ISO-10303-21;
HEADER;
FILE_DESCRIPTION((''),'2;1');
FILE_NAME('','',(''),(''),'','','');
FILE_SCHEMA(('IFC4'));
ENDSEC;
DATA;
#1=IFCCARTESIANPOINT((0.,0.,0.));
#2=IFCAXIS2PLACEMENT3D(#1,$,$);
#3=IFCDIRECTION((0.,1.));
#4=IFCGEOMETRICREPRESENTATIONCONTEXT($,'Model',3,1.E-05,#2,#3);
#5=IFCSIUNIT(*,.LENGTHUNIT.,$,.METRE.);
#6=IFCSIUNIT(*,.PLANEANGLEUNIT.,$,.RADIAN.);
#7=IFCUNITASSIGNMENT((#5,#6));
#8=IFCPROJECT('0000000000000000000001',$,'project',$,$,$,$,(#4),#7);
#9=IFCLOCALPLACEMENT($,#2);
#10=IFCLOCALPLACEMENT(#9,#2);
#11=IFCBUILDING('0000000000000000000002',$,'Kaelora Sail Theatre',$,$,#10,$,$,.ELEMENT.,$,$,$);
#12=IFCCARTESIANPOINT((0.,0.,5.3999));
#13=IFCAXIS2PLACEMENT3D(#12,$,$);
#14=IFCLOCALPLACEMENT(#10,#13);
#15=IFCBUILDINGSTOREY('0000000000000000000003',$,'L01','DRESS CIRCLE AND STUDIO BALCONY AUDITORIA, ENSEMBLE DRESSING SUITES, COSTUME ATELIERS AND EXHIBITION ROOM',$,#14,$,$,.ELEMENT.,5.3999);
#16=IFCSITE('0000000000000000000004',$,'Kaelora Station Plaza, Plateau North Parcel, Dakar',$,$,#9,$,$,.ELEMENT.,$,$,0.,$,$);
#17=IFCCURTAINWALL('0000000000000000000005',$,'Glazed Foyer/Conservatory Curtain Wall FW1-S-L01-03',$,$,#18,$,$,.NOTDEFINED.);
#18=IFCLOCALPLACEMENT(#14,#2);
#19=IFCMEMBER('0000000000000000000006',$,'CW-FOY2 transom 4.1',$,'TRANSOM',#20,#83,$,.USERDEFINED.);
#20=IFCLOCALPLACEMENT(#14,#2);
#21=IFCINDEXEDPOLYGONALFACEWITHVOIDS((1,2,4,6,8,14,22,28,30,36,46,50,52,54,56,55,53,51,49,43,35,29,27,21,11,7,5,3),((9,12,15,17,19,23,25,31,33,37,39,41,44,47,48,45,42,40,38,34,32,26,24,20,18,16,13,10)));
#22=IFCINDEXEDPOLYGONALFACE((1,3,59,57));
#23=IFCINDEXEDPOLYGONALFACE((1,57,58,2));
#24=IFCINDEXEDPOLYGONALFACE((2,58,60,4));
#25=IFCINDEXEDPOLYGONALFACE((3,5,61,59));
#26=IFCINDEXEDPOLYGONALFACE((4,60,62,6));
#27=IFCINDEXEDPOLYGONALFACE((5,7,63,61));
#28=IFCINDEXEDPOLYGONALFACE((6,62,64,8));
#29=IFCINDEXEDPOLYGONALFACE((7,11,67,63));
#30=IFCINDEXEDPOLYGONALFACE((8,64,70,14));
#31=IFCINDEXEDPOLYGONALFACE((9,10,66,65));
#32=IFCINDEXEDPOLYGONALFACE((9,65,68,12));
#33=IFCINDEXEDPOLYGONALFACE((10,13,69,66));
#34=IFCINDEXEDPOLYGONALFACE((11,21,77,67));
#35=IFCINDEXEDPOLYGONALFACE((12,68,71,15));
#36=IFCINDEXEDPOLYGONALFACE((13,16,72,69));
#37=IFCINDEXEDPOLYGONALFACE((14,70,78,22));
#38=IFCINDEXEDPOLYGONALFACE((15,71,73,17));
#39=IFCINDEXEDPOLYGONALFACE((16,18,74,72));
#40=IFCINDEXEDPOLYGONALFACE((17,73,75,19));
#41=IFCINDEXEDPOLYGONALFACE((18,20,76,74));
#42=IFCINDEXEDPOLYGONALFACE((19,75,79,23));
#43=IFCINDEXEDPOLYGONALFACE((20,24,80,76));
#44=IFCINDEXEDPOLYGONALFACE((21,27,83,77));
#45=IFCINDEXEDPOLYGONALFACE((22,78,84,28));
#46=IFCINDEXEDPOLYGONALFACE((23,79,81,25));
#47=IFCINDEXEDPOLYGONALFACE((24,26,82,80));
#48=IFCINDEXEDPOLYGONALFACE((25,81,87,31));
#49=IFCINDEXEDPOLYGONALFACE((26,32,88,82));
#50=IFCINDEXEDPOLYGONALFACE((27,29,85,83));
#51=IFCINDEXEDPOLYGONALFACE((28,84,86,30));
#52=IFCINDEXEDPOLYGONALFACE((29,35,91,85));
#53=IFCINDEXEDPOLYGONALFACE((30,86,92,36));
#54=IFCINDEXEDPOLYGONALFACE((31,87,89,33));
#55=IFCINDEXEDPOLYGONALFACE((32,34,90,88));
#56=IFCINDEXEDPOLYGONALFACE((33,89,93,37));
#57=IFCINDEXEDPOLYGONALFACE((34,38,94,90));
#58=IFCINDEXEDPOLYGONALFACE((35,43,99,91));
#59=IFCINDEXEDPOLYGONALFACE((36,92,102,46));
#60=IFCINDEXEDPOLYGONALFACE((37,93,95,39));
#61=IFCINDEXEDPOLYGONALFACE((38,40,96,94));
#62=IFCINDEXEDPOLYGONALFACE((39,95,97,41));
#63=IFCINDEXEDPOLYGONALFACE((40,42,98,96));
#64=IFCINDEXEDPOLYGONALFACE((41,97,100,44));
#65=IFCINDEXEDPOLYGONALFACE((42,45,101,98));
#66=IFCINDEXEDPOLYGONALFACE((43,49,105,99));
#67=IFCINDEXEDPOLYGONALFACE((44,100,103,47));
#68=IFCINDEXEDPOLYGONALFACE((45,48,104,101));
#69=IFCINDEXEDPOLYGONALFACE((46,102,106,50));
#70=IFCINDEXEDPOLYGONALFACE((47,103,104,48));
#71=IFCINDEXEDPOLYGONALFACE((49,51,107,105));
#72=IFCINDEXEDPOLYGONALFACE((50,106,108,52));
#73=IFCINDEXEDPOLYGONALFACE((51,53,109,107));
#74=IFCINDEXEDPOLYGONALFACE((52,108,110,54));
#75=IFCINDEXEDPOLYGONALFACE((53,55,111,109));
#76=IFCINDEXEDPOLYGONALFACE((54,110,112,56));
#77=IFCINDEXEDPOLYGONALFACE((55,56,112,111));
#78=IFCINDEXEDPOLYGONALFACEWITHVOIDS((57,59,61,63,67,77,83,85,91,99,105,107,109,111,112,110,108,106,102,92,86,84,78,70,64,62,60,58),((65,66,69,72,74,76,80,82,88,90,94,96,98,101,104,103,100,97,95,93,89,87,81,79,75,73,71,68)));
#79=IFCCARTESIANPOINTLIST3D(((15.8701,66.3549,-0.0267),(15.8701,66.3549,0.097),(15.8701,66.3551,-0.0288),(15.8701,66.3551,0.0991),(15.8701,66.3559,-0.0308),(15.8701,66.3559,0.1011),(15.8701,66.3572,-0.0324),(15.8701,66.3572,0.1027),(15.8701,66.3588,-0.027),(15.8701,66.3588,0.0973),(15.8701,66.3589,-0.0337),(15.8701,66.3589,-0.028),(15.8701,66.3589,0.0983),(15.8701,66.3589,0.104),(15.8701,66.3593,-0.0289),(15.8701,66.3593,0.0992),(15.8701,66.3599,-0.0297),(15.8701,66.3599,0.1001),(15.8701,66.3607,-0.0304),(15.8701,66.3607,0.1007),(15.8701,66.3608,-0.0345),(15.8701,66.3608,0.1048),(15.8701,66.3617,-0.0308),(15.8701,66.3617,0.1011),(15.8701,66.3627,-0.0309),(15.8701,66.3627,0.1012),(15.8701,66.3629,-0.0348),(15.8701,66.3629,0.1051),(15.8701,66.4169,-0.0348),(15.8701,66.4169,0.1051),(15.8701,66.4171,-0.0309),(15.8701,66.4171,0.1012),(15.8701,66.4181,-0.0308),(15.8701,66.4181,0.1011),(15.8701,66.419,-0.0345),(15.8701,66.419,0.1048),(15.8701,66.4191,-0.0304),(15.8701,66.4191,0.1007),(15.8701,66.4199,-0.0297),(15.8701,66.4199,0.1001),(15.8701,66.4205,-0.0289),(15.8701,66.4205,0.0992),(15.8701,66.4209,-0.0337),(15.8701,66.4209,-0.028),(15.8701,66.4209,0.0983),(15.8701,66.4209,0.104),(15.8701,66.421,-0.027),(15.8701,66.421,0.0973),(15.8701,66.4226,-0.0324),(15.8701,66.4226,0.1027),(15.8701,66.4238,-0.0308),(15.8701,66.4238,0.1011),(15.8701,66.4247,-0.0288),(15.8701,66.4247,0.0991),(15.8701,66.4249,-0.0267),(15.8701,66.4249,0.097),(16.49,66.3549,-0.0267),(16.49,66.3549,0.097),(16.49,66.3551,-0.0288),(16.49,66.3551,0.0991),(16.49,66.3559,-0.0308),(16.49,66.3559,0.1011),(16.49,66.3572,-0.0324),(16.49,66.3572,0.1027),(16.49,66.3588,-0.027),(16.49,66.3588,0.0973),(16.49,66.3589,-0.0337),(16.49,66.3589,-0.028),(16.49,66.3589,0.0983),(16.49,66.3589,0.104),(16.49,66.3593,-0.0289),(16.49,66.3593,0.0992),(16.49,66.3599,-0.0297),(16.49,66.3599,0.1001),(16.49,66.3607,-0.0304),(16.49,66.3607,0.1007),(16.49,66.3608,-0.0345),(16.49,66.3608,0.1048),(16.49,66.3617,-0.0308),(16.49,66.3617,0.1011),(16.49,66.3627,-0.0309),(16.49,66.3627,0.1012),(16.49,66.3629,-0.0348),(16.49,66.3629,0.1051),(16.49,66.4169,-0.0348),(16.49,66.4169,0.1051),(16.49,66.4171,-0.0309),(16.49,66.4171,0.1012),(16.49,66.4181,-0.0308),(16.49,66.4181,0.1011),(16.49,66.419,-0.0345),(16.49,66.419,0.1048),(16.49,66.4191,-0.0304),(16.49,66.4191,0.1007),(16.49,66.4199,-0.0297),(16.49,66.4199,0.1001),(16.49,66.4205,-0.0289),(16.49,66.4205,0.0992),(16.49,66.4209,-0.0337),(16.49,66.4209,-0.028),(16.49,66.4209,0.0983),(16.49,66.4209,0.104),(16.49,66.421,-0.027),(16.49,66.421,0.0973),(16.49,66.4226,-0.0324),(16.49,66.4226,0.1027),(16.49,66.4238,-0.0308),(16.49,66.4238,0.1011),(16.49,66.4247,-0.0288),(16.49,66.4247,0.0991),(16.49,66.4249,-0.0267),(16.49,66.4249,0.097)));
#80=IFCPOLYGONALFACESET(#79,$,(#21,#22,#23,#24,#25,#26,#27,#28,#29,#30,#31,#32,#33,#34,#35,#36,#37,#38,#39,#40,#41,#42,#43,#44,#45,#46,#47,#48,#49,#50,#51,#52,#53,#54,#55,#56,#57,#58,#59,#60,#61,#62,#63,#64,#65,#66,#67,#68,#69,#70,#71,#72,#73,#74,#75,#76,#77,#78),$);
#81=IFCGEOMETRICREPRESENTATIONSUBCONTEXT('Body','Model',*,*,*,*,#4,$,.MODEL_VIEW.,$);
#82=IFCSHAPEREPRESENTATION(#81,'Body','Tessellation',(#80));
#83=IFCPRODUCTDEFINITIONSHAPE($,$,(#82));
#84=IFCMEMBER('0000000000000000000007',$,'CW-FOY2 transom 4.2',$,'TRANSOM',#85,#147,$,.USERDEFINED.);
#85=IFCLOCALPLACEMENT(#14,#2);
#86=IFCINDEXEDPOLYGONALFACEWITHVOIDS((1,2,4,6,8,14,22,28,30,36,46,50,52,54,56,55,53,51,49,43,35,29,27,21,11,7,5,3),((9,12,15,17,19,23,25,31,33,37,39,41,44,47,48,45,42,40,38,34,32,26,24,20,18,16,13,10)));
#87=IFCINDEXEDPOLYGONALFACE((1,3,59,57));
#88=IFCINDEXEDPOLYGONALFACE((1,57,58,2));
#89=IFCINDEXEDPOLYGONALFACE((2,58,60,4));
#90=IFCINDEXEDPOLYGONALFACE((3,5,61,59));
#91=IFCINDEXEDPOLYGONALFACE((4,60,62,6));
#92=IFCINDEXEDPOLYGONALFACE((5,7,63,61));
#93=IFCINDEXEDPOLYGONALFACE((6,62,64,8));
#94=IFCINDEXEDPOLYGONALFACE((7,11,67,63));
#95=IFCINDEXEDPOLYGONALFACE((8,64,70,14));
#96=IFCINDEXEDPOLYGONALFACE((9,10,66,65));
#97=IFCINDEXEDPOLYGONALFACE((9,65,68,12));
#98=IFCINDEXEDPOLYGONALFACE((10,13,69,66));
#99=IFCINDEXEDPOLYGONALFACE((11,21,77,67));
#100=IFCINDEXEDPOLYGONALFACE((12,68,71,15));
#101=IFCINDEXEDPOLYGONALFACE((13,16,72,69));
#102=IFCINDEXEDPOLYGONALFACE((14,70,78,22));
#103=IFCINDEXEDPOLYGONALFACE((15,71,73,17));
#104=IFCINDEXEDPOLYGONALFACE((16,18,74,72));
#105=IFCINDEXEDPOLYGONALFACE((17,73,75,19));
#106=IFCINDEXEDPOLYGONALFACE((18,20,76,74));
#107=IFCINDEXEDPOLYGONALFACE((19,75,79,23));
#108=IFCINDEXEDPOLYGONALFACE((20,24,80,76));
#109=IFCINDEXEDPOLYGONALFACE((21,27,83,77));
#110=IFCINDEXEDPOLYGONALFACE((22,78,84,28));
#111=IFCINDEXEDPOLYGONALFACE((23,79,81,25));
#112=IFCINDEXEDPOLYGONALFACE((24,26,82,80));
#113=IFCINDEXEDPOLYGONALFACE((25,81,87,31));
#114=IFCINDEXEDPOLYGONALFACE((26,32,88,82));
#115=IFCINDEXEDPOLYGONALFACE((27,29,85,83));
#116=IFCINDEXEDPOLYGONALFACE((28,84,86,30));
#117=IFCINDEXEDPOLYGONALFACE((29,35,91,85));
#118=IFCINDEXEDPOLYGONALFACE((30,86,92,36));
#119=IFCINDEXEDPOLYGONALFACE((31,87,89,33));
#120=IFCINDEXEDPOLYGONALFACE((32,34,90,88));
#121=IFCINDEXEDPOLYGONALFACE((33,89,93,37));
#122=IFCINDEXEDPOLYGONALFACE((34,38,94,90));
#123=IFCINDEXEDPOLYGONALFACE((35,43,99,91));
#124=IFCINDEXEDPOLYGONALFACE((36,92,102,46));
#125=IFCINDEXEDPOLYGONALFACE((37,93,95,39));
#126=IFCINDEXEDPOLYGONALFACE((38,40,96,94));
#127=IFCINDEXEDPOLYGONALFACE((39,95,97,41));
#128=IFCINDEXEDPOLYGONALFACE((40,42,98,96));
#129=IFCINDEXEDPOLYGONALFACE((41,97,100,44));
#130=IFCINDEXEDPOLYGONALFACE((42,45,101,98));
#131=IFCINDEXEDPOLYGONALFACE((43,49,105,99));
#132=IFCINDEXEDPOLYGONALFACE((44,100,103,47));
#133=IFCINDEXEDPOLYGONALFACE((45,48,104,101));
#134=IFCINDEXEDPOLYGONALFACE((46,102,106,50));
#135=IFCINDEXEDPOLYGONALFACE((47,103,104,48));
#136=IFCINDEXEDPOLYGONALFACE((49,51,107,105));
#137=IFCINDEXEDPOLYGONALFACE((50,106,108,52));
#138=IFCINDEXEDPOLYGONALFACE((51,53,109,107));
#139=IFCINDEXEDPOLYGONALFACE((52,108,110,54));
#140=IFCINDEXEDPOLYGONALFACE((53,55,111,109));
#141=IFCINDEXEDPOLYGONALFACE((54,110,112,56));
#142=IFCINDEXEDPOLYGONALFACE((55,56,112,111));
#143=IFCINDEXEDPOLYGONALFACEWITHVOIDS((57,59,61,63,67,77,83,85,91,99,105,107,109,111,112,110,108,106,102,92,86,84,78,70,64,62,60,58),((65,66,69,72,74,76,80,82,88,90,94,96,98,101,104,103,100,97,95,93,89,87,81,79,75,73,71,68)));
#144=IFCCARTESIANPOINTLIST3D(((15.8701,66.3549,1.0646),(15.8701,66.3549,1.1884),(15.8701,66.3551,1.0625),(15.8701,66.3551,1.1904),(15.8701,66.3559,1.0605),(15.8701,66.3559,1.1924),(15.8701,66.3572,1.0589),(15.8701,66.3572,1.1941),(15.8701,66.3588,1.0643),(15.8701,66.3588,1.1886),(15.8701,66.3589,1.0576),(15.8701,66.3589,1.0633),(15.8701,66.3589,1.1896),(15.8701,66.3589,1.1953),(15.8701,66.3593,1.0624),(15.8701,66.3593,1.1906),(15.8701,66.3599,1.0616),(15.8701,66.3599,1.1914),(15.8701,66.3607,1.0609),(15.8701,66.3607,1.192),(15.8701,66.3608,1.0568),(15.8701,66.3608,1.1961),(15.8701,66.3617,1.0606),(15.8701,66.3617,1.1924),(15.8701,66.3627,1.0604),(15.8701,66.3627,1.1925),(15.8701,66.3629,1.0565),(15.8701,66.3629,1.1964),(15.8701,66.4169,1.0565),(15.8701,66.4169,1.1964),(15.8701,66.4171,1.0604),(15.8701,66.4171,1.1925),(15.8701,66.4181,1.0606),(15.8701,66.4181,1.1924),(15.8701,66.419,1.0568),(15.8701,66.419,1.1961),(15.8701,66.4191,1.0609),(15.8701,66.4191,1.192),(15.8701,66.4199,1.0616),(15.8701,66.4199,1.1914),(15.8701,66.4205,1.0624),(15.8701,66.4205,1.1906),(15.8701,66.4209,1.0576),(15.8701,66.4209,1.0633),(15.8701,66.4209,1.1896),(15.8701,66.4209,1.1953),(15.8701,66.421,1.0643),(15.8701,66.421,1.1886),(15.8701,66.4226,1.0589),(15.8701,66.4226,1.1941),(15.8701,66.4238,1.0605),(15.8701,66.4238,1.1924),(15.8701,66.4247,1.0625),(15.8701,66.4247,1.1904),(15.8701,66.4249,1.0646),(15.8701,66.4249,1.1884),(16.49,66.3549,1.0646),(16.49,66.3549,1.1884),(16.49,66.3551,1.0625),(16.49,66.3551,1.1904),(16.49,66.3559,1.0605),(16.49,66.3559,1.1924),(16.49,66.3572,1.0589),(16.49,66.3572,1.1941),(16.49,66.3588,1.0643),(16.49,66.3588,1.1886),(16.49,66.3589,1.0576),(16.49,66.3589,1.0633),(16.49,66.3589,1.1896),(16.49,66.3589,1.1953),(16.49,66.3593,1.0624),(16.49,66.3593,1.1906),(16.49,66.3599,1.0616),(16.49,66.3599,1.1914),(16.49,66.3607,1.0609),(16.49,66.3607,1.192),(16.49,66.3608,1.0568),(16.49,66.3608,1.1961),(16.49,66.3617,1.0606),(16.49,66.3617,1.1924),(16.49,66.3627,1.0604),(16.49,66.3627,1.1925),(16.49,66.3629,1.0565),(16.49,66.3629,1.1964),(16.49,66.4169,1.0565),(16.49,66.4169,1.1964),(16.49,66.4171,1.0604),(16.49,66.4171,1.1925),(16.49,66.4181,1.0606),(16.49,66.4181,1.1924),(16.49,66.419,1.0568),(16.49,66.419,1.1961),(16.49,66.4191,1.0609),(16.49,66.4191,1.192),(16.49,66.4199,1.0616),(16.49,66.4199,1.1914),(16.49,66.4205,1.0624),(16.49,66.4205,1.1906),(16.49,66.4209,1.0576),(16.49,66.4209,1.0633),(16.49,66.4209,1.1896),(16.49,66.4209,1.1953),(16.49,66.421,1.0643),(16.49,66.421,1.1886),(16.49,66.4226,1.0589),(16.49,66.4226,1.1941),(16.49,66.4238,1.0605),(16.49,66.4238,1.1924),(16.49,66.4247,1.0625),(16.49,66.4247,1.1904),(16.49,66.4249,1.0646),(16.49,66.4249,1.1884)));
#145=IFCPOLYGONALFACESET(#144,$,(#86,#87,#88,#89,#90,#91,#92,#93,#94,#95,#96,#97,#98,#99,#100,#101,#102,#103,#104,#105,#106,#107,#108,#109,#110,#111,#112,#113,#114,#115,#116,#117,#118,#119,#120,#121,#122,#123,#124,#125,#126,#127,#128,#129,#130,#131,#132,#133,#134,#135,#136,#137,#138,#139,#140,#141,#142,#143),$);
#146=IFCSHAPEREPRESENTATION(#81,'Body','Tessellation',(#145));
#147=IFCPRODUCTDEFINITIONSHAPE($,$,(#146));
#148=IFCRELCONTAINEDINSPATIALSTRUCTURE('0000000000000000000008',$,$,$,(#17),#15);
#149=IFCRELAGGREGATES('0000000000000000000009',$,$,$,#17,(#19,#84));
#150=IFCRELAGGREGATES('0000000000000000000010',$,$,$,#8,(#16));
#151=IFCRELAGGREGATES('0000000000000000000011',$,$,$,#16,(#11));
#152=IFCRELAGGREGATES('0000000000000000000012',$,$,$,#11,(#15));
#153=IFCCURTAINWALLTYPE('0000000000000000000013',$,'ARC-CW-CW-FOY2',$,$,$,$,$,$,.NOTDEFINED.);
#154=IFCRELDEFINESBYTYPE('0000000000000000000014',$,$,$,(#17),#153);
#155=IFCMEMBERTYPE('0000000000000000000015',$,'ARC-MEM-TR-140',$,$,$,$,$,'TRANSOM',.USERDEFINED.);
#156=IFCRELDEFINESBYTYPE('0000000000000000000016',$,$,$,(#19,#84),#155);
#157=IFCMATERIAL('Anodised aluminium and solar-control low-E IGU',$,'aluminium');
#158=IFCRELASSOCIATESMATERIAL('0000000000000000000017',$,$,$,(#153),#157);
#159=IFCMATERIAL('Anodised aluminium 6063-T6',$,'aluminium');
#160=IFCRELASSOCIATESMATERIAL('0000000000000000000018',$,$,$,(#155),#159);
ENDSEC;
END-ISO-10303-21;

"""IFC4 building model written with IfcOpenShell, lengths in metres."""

from ifc_helpers import new_model, si_unit, direction, frame, origin, origin_2d, place, context, subcontext, project, spatial, hollow_rectangle, extrude, material, material_profile, profile_set, type_object, element, aggregate, save


model = new_model("IFC4")

# Units and contexts
model_context = context("Model", 3, precision=1e-05, world=origin(), true_north=direction((0.0, 1.0)))
body_context = subcontext(model_context, "Body", "Model", "MODEL_VIEW")
ifc_project = project(units=[si_unit("LENGTHUNIT", "METRE"), si_unit("PLANEANGLEUNIT", "RADIAN")], contexts=[model_context])

# Site, building, storey
site_placement = place(None, origin())
site = spatial("IfcSite", under=ifc_project, at=site_placement, Name="Kaelora Station Plaza, Plateau North Parcel, Dakar", CompositionType="ELEMENT", RefElevation=0.0)
building_placement = place(site_placement, origin())
building = spatial("IfcBuilding", under=site, at=building_placement, Name="Kaelora Sail Theatre", CompositionType="ELEMENT")
storey_placement = place(building_placement, frame((0.0, 0.0, 5.3999)))
storey = spatial("IfcBuildingStorey", under=building, at=storey_placement, Name="L01", Description="DRESS CIRCLE AND STUDIO BALCONY AUDITORIA, ENSEMBLE DRESSING SUITES, COSTUME ATELIERS AND EXHIBITION ROOM", CompositionType="ELEMENT", Elevation=5.3999)

# Curtain wall
ifc_material_1 = material(Name="Anodised aluminium and solar-control low-E IGU", Category="aluminium")
curtain_wall_type = type_object("IfcCurtainWallType", Name="ARC-CW-CW-FOY2", PredefinedType="NOTDEFINED", material=ifc_material_1)
curtain_wall_1_placement = place(storey_placement, origin())
curtain_wall_1 = element("IfcCurtainWall", 1, at=curtain_wall_1_placement, inside=storey, type_object=curtain_wall_type, Name="Glazed Foyer/Conservatory Curtain Wall FW1-S-L01-03", PredefinedType="NOTDEFINED")

# Members
ifc_material_2 = material(Name="Anodised aluminium 6063-T6", Category="aluminium")
ifc_material_profile_1 = material_profile(ifc_material_2, hollow_rectangle(XDim=0.0701, YDim=0.1399, WallThickness=0.0039, InnerFilletRadius=0.0039, OuterFilletRadius=0.0081, at=origin_2d()), Name="ALU-TRAN 70x140x4")
ifc_profile_set_1 = profile_set([ifc_material_profile_1], Name="Anodised aluminium 6063-T6")
member_type_1 = type_object("IfcMemberType", Name="ARC-MEM-TR-140", ElementType="TRANSOM", PredefinedType="USERDEFINED", material=ifc_profile_set_1)
member_1_placement = place(storey_placement, frame((15.8701, 66.3899, 0.0352), z_axis=(1.0, 0.0, 0.0), x_axis=(0.0, 1.0, 0.0)))
member_1 = element("IfcMember", 2, at=member_1_placement, type_object=member_type_1, Name="CW-FOY2 transom 4.1", ObjectType="TRANSOM", PredefinedType="USERDEFINED", context=body_context, shape_type="SweptSolid", body=[
    extrude(hollow_rectangle(XDim=0.0701, YDim=0.1399, WallThickness=0.0039, InnerFilletRadius=0.0039, OuterFilletRadius=0.0081, at=origin_2d()), origin(), (0.0, 0.0, 1.0), 0.6199),
])
member_2_placement = place(storey_placement, frame((15.8701, 66.3899, 1.1265), z_axis=(1.0, 0.0, 0.0), x_axis=(0.0, 1.0, 0.0)))
member_2 = element("IfcMember", 3, at=member_2_placement, type_object=member_type_1, Name="CW-FOY2 transom 4.2", ObjectType="TRANSOM", PredefinedType="USERDEFINED", context=body_context, shape_type="SweptSolid", body=[
    extrude(hollow_rectangle(XDim=0.0701, YDim=0.1399, WallThickness=0.0039, InnerFilletRadius=0.0039, OuterFilletRadius=0.0081, at=origin_2d()), origin(), (0.0, 0.0, 1.0), 0.6199),
])

aggregate(curtain_wall_1, [member_1, member_2])

save(model, "model.ifc")
